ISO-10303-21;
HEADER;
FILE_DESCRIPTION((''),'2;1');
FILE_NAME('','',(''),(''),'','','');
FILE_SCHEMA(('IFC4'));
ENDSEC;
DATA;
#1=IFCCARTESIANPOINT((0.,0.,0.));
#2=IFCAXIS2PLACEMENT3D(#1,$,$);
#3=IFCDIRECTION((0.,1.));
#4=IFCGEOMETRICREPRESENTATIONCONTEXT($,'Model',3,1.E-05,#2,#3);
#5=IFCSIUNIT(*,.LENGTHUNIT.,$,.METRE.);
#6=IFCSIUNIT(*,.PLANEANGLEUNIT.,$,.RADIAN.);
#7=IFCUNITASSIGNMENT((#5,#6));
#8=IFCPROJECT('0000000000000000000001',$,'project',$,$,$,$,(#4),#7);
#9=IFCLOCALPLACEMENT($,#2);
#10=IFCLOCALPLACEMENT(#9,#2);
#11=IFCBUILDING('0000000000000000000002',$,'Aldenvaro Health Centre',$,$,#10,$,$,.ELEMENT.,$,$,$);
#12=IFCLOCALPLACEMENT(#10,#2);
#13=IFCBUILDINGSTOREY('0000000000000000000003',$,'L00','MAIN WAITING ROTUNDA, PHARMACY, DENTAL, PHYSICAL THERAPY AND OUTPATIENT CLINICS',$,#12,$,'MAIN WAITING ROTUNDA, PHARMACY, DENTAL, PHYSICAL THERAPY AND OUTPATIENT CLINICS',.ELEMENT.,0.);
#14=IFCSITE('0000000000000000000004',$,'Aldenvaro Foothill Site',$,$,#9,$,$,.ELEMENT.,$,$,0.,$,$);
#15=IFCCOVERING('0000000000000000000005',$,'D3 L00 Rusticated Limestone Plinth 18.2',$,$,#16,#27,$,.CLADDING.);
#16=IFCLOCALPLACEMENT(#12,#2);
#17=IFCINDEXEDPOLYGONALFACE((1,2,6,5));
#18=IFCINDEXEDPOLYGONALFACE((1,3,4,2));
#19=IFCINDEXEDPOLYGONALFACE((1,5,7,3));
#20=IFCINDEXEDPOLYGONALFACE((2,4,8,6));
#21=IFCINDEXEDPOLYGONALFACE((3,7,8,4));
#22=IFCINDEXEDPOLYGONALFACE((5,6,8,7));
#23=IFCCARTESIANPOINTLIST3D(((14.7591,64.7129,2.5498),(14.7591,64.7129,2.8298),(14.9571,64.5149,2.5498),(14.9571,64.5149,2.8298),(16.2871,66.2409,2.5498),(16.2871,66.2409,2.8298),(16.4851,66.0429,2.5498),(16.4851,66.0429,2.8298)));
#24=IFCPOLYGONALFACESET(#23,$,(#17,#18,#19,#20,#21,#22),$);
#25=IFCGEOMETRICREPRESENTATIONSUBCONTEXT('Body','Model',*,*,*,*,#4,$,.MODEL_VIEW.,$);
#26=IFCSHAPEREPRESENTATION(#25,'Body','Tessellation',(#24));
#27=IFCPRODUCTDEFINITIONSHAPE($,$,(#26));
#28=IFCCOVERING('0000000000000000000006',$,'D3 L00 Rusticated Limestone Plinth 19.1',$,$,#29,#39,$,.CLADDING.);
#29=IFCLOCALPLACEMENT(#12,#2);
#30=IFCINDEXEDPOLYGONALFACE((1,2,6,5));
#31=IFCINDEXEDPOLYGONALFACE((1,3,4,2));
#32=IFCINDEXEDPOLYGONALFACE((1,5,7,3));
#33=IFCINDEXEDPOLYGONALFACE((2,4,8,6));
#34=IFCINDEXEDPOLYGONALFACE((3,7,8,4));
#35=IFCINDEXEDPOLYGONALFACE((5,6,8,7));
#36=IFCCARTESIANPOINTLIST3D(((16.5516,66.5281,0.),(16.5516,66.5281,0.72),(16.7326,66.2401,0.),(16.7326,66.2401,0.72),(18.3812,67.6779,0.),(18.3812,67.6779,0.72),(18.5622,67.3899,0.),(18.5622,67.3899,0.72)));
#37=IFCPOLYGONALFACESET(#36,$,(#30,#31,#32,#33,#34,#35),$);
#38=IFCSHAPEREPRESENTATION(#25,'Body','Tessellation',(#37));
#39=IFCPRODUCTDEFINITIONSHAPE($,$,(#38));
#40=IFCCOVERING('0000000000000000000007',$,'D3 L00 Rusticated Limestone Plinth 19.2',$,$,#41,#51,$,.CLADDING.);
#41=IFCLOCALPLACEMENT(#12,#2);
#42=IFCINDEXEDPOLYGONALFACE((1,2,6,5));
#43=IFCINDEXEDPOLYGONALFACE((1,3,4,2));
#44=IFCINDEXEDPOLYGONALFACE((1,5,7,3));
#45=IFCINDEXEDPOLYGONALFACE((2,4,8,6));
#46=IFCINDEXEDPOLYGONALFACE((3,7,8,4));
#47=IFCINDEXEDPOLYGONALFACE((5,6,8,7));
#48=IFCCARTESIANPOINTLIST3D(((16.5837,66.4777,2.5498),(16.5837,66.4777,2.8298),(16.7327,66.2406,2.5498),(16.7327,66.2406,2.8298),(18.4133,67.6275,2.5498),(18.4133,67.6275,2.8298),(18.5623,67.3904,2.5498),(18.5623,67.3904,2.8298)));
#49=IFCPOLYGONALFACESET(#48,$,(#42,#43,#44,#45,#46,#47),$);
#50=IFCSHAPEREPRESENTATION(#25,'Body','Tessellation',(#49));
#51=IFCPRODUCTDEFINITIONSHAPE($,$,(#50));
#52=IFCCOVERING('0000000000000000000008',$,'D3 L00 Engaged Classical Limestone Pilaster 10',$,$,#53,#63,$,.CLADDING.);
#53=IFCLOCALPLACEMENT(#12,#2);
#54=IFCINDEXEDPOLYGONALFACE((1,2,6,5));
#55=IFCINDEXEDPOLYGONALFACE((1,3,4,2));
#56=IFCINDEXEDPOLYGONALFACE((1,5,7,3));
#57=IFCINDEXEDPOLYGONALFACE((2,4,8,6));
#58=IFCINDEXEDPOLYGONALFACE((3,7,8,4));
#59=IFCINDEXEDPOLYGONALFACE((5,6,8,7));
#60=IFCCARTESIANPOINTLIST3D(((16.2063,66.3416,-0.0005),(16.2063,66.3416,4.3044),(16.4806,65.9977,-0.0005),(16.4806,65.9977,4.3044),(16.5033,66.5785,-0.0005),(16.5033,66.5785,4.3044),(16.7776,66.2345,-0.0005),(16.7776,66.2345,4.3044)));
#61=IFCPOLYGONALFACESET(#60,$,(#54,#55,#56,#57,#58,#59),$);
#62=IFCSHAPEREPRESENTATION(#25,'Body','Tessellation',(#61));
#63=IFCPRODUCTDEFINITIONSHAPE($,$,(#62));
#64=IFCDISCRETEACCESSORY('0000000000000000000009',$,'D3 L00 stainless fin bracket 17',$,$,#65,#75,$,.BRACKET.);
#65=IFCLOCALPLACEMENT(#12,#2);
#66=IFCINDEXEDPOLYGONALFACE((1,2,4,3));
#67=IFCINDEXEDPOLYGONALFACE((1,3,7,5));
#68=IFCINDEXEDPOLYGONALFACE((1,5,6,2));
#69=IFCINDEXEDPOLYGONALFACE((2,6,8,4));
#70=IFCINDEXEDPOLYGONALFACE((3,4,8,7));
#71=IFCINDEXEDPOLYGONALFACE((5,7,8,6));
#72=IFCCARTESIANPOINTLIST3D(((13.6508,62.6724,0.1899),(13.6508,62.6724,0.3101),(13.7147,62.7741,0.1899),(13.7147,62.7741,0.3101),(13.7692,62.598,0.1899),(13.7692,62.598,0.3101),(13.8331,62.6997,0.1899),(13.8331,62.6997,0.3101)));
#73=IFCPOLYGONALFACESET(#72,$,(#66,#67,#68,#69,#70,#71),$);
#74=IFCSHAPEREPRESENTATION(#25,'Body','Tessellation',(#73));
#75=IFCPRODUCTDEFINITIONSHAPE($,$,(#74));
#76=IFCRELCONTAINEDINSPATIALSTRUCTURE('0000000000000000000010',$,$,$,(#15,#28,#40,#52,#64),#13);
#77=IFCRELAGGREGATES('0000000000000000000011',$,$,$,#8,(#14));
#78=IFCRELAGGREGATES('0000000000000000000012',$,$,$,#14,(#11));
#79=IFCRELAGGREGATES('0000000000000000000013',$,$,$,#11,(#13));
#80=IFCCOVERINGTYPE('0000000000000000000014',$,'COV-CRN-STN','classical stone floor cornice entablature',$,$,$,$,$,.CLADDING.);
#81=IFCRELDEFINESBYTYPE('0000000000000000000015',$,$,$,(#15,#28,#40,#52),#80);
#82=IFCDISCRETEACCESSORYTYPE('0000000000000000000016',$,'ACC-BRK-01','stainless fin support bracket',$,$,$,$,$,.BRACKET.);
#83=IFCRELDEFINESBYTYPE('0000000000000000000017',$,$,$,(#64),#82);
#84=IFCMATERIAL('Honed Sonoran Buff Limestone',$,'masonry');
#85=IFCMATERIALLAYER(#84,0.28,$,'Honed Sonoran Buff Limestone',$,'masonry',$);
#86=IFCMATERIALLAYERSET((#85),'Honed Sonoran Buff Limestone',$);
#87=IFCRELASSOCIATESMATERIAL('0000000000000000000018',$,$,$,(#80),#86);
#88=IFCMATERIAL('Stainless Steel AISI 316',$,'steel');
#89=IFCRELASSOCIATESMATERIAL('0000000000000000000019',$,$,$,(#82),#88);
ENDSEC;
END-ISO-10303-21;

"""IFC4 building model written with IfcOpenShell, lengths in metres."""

from ifc_helpers import new_model, si_unit, direction, frame, origin, origin_2d, place, context, subcontext, project, spatial, rectangle, extrude, material, layer, layer_set, type_object, element, save


model = new_model("IFC4")

# Units and contexts
model_context = context("Model", 3, precision=1e-05, world=origin(), true_north=direction((0.0, 1.0)))
body_context = subcontext(model_context, "Body", "Model", "MODEL_VIEW")
ifc_project = project(units=[si_unit("LENGTHUNIT", "METRE"), si_unit("PLANEANGLEUNIT", "RADIAN")], contexts=[model_context])

# Site, building, storey
site_placement = place(None, origin())
site = spatial("IfcSite", under=ifc_project, at=site_placement, Name="Aldenvaro Foothill Site", CompositionType="ELEMENT", RefElevation=0.0)
building_placement = place(site_placement, origin())
building = spatial("IfcBuilding", under=site, at=building_placement, Name="Aldenvaro Health Centre", CompositionType="ELEMENT")
storey_placement = place(building_placement, origin())
storey = spatial("IfcBuildingStorey", under=building, at=storey_placement, Name="L00", Description="MAIN WAITING ROTUNDA, PHARMACY, DENTAL, PHYSICAL THERAPY AND OUTPATIENT CLINICS", LongName="MAIN WAITING ROTUNDA, PHARMACY, DENTAL, PHYSICAL THERAPY AND OUTPATIENT CLINICS", CompositionType="ELEMENT", Elevation=0.0)

# Coverings
ifc_material_1 = material(Name="Honed Sonoran Buff Limestone", Category="masonry")
ifc_layer_1 = layer(ifc_material_1, 0.28, Name="Honed Sonoran Buff Limestone", Category="masonry")
ifc_layer_set_1 = layer_set([ifc_layer_1], Name="Honed Sonoran Buff Limestone")
covering_type = type_object("IfcCoveringType", Name="COV-CRN-STN", Description="classical stone floor cornice entablature", PredefinedType="CLADDING", material=ifc_layer_set_1)
covering_1_placement = place(storey_placement, frame((15.6221, 65.3779, 2.5498), z_axis=(0.0, 0.0, 1.0), x_axis=(0.707107, 0.707107, 0.0)))
element("IfcCovering", 1, at=covering_1_placement, inside=storey, type_object=covering_type, Name="D3 L00 Rusticated Limestone Plinth 18.2", PredefinedType="CLADDING", context=body_context, shape_type="SweptSolid", body=[
    extrude(rectangle(XDim=2.1609, YDim=0.28, at=origin_2d()), origin(), (0.0, 0.0, 1.0), 0.28),
])
covering_2_placement = place(storey_placement, frame((17.5569, 66.959, 0.0), z_axis=(0.0, 0.0, 1.0), x_axis=(0.846684, 0.532096, 0.0)))
element("IfcCovering", 2, at=covering_2_placement, inside=storey, type_object=covering_type, Name="D3 L00 Rusticated Limestone Plinth 19.1", PredefinedType="CLADDING", context=body_context, shape_type="SweptSolid", body=[
    extrude(rectangle(XDim=2.1609, YDim=0.3401, at=origin_2d()), origin(), (0.0, 0.0, 1.0), 0.72),
])
covering_3_placement = place(storey_placement, frame((17.573, 66.9341, 2.5498), z_axis=(0.0, 0.0, 1.0), x_axis=(0.846684, 0.532096, 0.0)))
element("IfcCovering", 3, at=covering_3_placement, inside=storey, type_object=covering_type, Name="D3 L00 Rusticated Limestone Plinth 19.2", PredefinedType="CLADDING", context=body_context, shape_type="SweptSolid", body=[
    extrude(rectangle(XDim=2.1609, YDim=0.28, at=origin_2d()), origin(), (0.0, 0.0, 1.0), 0.28),
])
covering_4_placement = place(storey_placement, frame((16.4919, 66.2881, -0.0005), z_axis=(0.0, 0.0, 1.0), x_axis=(-0.623486, 0.781835, 0.0)))
element("IfcCovering", 4, at=covering_4_placement, inside=storey, type_object=covering_type, Name="D3 L00 Engaged Classical Limestone Pilaster 10", PredefinedType="CLADDING", context=body_context, shape_type="SweptSolid", body=[
    extrude(rectangle(XDim=0.4399, YDim=0.3799, at=origin_2d()), origin(), (0.0, 0.0, 1.0), 4.3049),
])

# Discrete accessory
ifc_material_2 = material(Name="Stainless Steel AISI 316", Category="steel")
discrete_accessory_type = type_object("IfcDiscreteAccessoryType", Name="ACC-BRK-01", Description="stainless fin support bracket", PredefinedType="BRACKET", material=ifc_material_2)
discrete_accessory_placement = place(storey_placement, frame((13.7419, 62.686, 0.1899), z_axis=(0.0, 0.0, 1.0), x_axis=(0.532096, 0.846684, 0.0)))
element("IfcDiscreteAccessory", 5, at=discrete_accessory_placement, inside=storey, type_object=discrete_accessory_type, Name="D3 L00 stainless fin bracket 17", PredefinedType="BRACKET", context=body_context, shape_type="SweptSolid", body=[
    extrude(rectangle(XDim=0.1201, YDim=0.1399, at=origin_2d()), origin(), (0.0, 0.0, 1.0), 0.1201),
])

save(model, "model.ifc")
